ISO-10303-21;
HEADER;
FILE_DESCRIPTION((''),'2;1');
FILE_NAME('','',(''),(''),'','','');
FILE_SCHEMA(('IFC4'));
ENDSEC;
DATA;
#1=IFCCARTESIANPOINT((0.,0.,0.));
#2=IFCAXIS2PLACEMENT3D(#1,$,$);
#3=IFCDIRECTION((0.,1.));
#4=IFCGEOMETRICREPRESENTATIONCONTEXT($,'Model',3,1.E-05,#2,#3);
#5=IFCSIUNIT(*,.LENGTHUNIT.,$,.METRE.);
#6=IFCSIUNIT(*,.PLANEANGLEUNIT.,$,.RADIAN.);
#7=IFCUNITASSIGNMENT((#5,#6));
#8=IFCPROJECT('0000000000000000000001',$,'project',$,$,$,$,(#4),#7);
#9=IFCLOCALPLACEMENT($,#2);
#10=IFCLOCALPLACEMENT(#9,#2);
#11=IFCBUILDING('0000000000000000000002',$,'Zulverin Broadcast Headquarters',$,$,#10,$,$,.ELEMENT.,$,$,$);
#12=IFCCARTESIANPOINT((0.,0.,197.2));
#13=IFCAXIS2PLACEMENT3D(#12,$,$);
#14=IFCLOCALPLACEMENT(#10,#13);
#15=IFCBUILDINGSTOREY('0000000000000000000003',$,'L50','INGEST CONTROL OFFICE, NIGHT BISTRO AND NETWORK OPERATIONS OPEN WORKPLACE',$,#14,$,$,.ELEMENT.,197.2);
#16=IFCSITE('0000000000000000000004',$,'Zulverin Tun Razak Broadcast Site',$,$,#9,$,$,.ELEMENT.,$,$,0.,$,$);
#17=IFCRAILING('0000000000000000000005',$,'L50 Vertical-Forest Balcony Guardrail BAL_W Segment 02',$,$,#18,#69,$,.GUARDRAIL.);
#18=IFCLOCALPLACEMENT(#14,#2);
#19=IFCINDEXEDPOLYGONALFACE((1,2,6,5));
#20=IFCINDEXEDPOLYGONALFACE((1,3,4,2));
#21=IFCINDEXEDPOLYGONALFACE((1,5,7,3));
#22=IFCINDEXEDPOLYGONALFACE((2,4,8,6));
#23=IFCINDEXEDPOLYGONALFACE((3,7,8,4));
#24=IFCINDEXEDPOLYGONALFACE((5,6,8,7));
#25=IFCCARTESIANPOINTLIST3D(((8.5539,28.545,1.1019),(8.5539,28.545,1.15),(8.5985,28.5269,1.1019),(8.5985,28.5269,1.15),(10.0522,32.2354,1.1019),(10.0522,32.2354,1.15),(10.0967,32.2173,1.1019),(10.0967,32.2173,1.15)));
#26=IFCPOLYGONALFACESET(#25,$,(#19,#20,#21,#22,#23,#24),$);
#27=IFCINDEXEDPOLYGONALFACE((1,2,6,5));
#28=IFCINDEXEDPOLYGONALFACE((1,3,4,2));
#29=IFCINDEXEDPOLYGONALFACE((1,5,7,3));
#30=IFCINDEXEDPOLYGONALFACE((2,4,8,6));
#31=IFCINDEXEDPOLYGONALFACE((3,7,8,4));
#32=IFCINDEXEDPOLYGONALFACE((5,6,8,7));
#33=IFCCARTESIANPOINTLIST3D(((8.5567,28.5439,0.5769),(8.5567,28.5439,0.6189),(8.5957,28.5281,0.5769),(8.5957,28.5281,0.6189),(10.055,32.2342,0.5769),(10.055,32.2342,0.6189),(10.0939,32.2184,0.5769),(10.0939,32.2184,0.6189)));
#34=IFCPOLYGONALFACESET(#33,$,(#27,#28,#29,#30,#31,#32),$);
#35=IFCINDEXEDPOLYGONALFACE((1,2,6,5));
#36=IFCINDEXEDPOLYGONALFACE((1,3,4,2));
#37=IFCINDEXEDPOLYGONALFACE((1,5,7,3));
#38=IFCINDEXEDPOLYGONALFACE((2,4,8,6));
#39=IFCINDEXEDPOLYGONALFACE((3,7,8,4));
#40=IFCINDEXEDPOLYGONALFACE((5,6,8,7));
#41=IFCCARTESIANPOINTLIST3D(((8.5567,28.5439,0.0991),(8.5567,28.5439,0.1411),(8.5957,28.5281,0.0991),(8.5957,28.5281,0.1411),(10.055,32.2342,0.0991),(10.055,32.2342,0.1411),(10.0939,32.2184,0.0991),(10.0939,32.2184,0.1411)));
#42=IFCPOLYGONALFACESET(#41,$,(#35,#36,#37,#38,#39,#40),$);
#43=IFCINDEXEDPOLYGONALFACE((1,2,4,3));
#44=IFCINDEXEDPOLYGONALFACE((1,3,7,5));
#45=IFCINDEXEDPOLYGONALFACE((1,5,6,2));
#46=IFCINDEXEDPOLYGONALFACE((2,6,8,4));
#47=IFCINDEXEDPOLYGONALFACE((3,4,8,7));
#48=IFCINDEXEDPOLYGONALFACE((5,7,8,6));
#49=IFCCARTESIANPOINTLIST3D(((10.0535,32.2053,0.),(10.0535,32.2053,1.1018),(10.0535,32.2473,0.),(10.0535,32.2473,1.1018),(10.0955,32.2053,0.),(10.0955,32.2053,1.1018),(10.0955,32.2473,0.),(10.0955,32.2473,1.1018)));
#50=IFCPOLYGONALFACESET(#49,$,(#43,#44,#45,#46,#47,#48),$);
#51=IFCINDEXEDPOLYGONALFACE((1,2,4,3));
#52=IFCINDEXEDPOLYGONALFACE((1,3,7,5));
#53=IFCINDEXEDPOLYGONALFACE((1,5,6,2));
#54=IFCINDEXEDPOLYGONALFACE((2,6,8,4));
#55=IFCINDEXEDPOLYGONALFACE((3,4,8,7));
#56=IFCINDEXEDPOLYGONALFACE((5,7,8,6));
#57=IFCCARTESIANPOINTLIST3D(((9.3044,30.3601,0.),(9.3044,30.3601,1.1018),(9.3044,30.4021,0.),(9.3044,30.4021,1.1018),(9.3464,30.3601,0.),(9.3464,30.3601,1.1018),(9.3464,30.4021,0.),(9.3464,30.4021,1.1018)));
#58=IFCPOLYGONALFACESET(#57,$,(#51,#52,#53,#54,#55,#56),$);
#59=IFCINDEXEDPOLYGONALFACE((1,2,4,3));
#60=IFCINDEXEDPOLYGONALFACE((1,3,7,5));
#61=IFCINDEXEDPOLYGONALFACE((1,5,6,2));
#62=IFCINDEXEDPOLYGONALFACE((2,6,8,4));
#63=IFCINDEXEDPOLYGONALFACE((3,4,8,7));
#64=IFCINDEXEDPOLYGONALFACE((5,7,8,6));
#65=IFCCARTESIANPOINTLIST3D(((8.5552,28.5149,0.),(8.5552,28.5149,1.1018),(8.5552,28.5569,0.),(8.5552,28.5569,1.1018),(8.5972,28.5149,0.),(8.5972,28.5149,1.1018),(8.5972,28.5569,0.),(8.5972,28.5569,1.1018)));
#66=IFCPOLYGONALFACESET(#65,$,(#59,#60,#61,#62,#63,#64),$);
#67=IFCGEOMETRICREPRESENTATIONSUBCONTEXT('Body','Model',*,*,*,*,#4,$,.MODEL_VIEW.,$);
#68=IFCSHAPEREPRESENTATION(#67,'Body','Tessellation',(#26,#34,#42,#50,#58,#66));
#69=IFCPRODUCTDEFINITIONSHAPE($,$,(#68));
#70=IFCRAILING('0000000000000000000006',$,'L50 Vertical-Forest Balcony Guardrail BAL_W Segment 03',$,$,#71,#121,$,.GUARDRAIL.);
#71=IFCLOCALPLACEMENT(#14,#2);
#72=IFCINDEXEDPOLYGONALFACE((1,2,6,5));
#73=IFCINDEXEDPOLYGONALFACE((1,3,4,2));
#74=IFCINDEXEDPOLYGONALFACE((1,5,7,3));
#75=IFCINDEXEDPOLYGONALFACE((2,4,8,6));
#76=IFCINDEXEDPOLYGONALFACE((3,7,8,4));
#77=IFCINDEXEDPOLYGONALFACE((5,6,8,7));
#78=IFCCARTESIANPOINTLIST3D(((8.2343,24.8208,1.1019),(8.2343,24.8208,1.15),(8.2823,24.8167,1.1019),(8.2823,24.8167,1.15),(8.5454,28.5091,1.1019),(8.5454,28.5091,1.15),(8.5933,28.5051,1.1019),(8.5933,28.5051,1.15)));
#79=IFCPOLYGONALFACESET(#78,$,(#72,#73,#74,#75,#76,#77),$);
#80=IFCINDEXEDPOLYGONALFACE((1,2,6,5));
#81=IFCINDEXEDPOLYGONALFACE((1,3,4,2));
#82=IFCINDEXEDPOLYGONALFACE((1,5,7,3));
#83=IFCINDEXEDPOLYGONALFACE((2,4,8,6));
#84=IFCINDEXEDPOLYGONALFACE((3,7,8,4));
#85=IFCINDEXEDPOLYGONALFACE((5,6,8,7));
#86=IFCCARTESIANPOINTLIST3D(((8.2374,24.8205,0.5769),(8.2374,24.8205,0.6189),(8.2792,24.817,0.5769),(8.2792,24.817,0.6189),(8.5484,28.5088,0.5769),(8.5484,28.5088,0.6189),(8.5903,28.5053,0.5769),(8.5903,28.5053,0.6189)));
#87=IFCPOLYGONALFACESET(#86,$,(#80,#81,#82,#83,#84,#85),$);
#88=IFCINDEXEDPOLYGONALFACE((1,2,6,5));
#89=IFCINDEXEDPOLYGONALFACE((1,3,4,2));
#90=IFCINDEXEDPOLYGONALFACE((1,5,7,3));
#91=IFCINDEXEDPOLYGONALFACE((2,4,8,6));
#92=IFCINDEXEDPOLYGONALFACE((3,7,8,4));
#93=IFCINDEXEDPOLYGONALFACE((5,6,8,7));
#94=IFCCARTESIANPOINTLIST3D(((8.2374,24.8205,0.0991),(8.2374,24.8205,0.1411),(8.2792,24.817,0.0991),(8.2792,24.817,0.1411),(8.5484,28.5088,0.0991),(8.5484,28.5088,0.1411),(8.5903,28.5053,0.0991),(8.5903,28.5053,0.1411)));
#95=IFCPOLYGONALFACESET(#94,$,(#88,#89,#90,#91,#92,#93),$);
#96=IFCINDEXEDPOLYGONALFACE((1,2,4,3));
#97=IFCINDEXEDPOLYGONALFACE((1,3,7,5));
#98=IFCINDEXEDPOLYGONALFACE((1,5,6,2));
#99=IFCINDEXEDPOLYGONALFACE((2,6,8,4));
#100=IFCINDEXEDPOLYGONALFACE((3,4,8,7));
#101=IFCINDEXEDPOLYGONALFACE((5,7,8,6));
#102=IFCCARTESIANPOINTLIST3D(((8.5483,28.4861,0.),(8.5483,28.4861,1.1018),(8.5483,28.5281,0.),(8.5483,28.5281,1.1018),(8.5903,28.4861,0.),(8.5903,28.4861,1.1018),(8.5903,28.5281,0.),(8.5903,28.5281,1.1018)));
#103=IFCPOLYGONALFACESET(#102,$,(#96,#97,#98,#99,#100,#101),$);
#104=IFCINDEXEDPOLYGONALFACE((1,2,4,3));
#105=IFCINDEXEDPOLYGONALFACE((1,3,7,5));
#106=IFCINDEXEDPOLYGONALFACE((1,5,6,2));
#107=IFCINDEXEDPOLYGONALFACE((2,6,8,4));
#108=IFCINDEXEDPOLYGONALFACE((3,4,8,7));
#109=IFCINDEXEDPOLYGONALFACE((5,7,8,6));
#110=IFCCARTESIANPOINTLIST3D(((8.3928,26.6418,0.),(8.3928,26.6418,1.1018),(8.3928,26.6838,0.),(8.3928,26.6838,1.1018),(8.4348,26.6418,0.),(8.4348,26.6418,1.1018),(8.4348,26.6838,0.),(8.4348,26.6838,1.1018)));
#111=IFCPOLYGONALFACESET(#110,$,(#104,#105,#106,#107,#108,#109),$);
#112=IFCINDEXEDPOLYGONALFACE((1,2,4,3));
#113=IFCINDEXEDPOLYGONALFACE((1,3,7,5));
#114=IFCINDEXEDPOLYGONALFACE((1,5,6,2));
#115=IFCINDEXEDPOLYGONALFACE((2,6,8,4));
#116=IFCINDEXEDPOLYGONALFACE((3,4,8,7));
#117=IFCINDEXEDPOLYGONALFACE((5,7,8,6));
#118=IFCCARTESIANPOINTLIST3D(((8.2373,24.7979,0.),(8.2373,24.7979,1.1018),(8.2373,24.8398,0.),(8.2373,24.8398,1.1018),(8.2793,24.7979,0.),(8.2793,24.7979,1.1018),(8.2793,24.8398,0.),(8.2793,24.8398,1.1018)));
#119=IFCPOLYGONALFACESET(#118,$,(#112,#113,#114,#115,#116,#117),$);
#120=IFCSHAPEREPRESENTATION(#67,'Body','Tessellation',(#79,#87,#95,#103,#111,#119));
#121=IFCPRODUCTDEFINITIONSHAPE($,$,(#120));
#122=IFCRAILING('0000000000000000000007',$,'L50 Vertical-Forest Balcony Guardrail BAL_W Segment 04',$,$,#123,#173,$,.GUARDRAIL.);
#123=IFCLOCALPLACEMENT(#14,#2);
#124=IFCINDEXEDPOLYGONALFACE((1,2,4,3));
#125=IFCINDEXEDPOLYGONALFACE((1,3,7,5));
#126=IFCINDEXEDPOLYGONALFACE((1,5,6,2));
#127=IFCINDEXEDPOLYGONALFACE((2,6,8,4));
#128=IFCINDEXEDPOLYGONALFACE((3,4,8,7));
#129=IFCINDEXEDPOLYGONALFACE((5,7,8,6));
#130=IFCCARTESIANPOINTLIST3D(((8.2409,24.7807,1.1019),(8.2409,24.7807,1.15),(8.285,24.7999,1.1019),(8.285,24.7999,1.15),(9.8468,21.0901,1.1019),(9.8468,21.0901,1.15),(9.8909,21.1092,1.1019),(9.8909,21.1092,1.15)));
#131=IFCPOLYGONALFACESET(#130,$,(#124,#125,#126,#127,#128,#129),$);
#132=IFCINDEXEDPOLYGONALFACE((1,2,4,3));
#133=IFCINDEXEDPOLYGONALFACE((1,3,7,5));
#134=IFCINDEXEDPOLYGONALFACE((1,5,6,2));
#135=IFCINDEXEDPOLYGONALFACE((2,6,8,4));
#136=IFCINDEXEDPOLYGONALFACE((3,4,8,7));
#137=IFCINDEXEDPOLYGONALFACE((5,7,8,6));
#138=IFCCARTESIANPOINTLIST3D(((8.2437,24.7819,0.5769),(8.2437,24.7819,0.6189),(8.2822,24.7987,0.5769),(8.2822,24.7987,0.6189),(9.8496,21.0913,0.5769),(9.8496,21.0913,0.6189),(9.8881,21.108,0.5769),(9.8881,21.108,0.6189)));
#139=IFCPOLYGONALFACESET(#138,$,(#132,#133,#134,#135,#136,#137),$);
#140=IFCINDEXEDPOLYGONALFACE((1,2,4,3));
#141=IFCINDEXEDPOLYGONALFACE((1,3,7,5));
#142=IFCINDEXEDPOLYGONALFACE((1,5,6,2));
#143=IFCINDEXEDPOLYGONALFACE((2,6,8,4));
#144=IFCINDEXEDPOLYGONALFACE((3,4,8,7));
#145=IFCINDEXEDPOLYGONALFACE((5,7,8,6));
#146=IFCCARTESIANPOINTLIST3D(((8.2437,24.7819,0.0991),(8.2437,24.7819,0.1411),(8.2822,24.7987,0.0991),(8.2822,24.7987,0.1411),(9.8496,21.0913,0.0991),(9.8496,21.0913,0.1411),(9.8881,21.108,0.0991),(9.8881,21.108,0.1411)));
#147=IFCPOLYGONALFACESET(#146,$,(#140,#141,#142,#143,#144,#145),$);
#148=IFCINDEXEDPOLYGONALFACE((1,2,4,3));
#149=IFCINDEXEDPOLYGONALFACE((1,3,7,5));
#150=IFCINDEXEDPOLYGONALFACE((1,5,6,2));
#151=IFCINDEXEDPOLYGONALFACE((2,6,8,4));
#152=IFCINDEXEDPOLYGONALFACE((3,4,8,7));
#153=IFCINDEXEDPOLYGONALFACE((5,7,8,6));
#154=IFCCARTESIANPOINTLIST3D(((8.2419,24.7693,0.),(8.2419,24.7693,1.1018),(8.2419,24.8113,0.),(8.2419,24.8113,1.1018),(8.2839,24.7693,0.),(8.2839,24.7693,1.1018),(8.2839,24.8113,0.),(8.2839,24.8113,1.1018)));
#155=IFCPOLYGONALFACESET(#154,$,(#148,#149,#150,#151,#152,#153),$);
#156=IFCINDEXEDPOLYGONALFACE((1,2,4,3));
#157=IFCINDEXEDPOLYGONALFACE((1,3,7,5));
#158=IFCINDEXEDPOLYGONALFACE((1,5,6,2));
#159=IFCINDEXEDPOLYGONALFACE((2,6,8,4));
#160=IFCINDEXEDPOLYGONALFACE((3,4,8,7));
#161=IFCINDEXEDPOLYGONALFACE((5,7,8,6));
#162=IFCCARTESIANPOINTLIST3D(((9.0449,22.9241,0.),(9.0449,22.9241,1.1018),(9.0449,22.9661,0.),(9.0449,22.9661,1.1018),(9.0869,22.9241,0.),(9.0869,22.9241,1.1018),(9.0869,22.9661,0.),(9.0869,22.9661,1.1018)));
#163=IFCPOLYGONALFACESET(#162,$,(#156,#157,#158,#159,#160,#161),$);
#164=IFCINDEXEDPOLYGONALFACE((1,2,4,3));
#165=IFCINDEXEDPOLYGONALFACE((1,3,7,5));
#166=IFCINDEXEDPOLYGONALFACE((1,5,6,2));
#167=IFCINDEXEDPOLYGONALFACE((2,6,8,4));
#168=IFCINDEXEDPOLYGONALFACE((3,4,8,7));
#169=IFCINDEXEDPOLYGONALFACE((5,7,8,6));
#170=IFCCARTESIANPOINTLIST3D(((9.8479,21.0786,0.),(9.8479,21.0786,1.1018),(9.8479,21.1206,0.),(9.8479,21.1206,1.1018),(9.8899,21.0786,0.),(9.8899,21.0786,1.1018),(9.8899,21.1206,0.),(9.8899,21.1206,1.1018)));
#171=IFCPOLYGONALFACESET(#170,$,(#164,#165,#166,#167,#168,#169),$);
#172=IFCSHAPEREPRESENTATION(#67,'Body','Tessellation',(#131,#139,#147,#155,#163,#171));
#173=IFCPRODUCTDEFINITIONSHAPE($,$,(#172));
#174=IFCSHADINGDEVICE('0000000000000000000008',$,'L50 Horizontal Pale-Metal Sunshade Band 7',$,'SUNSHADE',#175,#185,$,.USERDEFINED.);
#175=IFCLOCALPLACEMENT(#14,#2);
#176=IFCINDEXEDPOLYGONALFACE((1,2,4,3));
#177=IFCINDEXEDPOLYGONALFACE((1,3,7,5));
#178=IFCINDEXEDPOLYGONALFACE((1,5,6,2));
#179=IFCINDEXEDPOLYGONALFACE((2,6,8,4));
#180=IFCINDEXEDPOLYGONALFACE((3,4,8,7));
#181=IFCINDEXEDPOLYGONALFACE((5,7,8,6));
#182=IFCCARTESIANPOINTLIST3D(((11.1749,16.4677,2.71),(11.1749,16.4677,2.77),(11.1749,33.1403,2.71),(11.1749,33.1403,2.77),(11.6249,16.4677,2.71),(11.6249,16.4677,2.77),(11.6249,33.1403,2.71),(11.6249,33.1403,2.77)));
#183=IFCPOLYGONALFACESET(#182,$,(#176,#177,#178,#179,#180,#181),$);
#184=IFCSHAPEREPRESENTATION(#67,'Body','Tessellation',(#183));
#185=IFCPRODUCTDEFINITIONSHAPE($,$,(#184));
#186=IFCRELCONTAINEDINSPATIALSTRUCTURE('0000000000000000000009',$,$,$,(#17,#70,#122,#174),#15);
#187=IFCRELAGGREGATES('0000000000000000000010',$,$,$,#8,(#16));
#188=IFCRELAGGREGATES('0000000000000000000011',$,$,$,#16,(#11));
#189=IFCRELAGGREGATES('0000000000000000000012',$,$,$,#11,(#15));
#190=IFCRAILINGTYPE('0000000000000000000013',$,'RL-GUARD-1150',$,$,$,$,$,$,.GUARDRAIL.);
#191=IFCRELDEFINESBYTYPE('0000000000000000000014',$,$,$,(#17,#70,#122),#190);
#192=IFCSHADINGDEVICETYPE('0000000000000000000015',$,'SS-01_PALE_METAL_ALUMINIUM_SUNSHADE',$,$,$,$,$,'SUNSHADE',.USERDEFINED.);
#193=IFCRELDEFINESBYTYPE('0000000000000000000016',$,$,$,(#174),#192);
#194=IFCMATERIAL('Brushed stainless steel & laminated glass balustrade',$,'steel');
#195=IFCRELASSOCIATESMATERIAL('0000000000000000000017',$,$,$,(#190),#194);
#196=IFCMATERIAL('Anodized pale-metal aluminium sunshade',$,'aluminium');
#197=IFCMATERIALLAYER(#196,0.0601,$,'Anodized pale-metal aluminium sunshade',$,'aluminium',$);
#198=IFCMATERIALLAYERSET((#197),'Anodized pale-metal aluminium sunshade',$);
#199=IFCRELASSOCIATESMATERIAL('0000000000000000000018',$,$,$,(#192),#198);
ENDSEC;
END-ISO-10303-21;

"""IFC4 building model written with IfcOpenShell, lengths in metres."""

from ifc_helpers import new_model, si_unit, direction, frame, origin, origin_2d, place, context, subcontext, project, spatial, rectangle, extrude, material, layer, layer_set, type_object, element, save


model = new_model("IFC4")

# Units and contexts
model_context = context("Model", 3, precision=1e-05, world=origin(), true_north=direction((0.0, 1.0)))
body_context = subcontext(model_context, "Body", "Model", "MODEL_VIEW")
ifc_project = project(units=[si_unit("LENGTHUNIT", "METRE"), si_unit("PLANEANGLEUNIT", "RADIAN")], contexts=[model_context])

# Site, building, storey
site_placement = place(None, origin())
site = spatial("IfcSite", under=ifc_project, at=site_placement, Name="Zulverin Tun Razak Broadcast Site", CompositionType="ELEMENT", RefElevation=0.0)
building_placement = place(site_placement, origin())
building = spatial("IfcBuilding", under=site, at=building_placement, Name="Zulverin Broadcast Headquarters", CompositionType="ELEMENT")
storey_placement = place(building_placement, frame((0.0, 0.0, 197.2)))
storey = spatial("IfcBuildingStorey", under=building, at=storey_placement, Name="L50", Description="INGEST CONTROL OFFICE, NIGHT BISTRO AND NETWORK OPERATIONS OPEN WORKPLACE", CompositionType="ELEMENT", Elevation=197.2)

# Railings
ifc_material_1 = material(Name="Brushed stainless steel & laminated glass balustrade", Category="steel")
railing_type = type_object("IfcRailingType", Name="RL-GUARD-1150", PredefinedType="GUARDRAIL", material=ifc_material_1)
railing_1_placement = place(storey_placement, frame((10.0745, 32.2263, 0.0)))
element("IfcRailing", 1, at=railing_1_placement, inside=storey, type_object=railing_type, Name="L50 Vertical-Forest Balcony Guardrail BAL_W Segment 02", PredefinedType="GUARDRAIL", context=body_context, shape_type="SweptSolid", body=[
    extrude(rectangle(XDim=0.0481, YDim=0.0481, at=origin_2d()), frame((0.0, 0.0, 1.126), z_axis=(-0.376173, -0.926549, 0.0), x_axis=(0.926549, -0.376173, 0.0)), (0.0, 0.0, 1.0), 3.9829),
    extrude(rectangle(XDim=0.042, YDim=0.042, at=origin_2d()), frame((0.0, 0.0, 0.5979), z_axis=(-0.376173, -0.926549, 0.0), x_axis=(0.926549, -0.376173, 0.0)), (0.0, 0.0, 1.0), 3.9829),
    extrude(rectangle(XDim=0.042, YDim=0.042, at=origin_2d()), frame((0.0, 0.0, 0.1201), z_axis=(-0.376173, -0.926549, 0.0), x_axis=(0.926549, -0.376173, 0.0)), (0.0, 0.0, 1.0), 3.9829),
    extrude(rectangle(XDim=0.042, YDim=0.042, at=origin_2d()), origin(), (0.0, 0.0, 1.0), 1.1018),
    extrude(rectangle(XDim=0.042, YDim=0.042, at=origin_2d()), frame((-0.749, -1.8452, 0.0)), (0.0, 0.0, 1.0), 1.1018),
    extrude(rectangle(XDim=0.042, YDim=0.042, at=origin_2d()), frame((-1.4983, -3.6904, 0.0)), (0.0, 0.0, 1.0), 1.1018),
])
railing_2_placement = place(storey_placement, frame((8.5693, 28.5071, 0.0)))
element("IfcRailing", 2, at=railing_2_placement, inside=storey, type_object=railing_type, Name="L50 Vertical-Forest Balcony Guardrail BAL_W Segment 03", PredefinedType="GUARDRAIL", context=body_context, shape_type="SweptSolid", body=[
    extrude(rectangle(XDim=0.0481, YDim=0.0481, at=origin_2d()), frame((0.0, 0.0, 1.126), z_axis=(-0.084033, -0.996463, 0.0), x_axis=(0.996463, -0.084033, 0.0)), (0.0, 0.0, 1.0), 3.7014),
    extrude(rectangle(XDim=0.042, YDim=0.042, at=origin_2d()), frame((0.0, 0.0, 0.5979), z_axis=(-0.084033, -0.996463, 0.0), x_axis=(0.996463, -0.084033, 0.0)), (0.0, 0.0, 1.0), 3.7014),
    extrude(rectangle(XDim=0.042, YDim=0.042, at=origin_2d()), frame((0.0, 0.0, 0.1201), z_axis=(-0.084033, -0.996463, 0.0), x_axis=(0.996463, -0.084033, 0.0)), (0.0, 0.0, 1.0), 3.7014),
    extrude(rectangle(XDim=0.042, YDim=0.042, at=origin_2d()), origin(), (0.0, 0.0, 1.0), 1.1018),
    extrude(rectangle(XDim=0.042, YDim=0.042, at=origin_2d()), frame((-0.1555, -1.8442, 0.0)), (0.0, 0.0, 1.0), 1.1018),
    extrude(rectangle(XDim=0.042, YDim=0.042, at=origin_2d()), frame((-0.311, -3.6882, 0.0)), (0.0, 0.0, 1.0), 1.1018),
])
railing_3_placement = place(storey_placement, frame((8.2629, 24.7903, 0.0)))
element("IfcRailing", 3, at=railing_3_placement, inside=storey, type_object=railing_type, Name="L50 Vertical-Forest Balcony Guardrail BAL_W Segment 04", PredefinedType="GUARDRAIL", context=body_context, shape_type="SweptSolid", body=[
    extrude(rectangle(XDim=0.0481, YDim=0.0481, at=origin_2d()), frame((0.0, 0.0, 1.126), z_axis=(0.399001, -0.91695, 0.0), x_axis=(0.91695, 0.399001, 0.0)), (0.0, 0.0, 1.0), 4.0249),
    extrude(rectangle(XDim=0.042, YDim=0.042, at=origin_2d()), frame((0.0, 0.0, 0.5979), z_axis=(0.399001, -0.91695, 0.0), x_axis=(0.91695, 0.399001, 0.0)), (0.0, 0.0, 1.0), 4.0249),
    extrude(rectangle(XDim=0.042, YDim=0.042, at=origin_2d()), frame((0.0, 0.0, 0.1201), z_axis=(0.399001, -0.91695, 0.0), x_axis=(0.91695, 0.399001, 0.0)), (0.0, 0.0, 1.0), 4.0249),
    extrude(rectangle(XDim=0.042, YDim=0.042, at=origin_2d()), origin(), (0.0, 0.0, 1.0), 1.1018),
    extrude(rectangle(XDim=0.042, YDim=0.042, at=origin_2d()), frame((0.803, -1.8452, 0.0)), (0.0, 0.0, 1.0), 1.1018),
    extrude(rectangle(XDim=0.042, YDim=0.042, at=origin_2d()), frame((1.606, -3.6907, 0.0)), (0.0, 0.0, 1.0), 1.1018),
])

# Shading device
ifc_material_2 = material(Name="Anodized pale-metal aluminium sunshade", Category="aluminium")
ifc_layer_1 = layer(ifc_material_2, 0.0601, Name="Anodized pale-metal aluminium sunshade", Category="aluminium")
ifc_layer_set_1 = layer_set([ifc_layer_1], Name="Anodized pale-metal aluminium sunshade")
shading_device_type = type_object("IfcShadingDeviceType", Name="SS-01_PALE_METAL_ALUMINIUM_SUNSHADE", ElementType="SUNSHADE", PredefinedType="USERDEFINED", material=ifc_layer_set_1)
shading_device_placement = place(storey_placement, frame((11.3999, 24.804, 2.71), z_axis=(0.0, 0.0, 1.0), x_axis=(0.0, -1.0, 0.0)))
element("IfcShadingDevice", 4, at=shading_device_placement, inside=storey, type_object=shading_device_type, Name="L50 Horizontal Pale-Metal Sunshade Band 7", ObjectType="SUNSHADE", PredefinedType="USERDEFINED", context=body_context, shape_type="SweptSolid", body=[
    extrude(rectangle(XDim=16.6726, YDim=0.45, at=origin_2d()), origin(), (0.0, 0.0, 1.0), 0.0601),
])

save(model, "model.ifc")
